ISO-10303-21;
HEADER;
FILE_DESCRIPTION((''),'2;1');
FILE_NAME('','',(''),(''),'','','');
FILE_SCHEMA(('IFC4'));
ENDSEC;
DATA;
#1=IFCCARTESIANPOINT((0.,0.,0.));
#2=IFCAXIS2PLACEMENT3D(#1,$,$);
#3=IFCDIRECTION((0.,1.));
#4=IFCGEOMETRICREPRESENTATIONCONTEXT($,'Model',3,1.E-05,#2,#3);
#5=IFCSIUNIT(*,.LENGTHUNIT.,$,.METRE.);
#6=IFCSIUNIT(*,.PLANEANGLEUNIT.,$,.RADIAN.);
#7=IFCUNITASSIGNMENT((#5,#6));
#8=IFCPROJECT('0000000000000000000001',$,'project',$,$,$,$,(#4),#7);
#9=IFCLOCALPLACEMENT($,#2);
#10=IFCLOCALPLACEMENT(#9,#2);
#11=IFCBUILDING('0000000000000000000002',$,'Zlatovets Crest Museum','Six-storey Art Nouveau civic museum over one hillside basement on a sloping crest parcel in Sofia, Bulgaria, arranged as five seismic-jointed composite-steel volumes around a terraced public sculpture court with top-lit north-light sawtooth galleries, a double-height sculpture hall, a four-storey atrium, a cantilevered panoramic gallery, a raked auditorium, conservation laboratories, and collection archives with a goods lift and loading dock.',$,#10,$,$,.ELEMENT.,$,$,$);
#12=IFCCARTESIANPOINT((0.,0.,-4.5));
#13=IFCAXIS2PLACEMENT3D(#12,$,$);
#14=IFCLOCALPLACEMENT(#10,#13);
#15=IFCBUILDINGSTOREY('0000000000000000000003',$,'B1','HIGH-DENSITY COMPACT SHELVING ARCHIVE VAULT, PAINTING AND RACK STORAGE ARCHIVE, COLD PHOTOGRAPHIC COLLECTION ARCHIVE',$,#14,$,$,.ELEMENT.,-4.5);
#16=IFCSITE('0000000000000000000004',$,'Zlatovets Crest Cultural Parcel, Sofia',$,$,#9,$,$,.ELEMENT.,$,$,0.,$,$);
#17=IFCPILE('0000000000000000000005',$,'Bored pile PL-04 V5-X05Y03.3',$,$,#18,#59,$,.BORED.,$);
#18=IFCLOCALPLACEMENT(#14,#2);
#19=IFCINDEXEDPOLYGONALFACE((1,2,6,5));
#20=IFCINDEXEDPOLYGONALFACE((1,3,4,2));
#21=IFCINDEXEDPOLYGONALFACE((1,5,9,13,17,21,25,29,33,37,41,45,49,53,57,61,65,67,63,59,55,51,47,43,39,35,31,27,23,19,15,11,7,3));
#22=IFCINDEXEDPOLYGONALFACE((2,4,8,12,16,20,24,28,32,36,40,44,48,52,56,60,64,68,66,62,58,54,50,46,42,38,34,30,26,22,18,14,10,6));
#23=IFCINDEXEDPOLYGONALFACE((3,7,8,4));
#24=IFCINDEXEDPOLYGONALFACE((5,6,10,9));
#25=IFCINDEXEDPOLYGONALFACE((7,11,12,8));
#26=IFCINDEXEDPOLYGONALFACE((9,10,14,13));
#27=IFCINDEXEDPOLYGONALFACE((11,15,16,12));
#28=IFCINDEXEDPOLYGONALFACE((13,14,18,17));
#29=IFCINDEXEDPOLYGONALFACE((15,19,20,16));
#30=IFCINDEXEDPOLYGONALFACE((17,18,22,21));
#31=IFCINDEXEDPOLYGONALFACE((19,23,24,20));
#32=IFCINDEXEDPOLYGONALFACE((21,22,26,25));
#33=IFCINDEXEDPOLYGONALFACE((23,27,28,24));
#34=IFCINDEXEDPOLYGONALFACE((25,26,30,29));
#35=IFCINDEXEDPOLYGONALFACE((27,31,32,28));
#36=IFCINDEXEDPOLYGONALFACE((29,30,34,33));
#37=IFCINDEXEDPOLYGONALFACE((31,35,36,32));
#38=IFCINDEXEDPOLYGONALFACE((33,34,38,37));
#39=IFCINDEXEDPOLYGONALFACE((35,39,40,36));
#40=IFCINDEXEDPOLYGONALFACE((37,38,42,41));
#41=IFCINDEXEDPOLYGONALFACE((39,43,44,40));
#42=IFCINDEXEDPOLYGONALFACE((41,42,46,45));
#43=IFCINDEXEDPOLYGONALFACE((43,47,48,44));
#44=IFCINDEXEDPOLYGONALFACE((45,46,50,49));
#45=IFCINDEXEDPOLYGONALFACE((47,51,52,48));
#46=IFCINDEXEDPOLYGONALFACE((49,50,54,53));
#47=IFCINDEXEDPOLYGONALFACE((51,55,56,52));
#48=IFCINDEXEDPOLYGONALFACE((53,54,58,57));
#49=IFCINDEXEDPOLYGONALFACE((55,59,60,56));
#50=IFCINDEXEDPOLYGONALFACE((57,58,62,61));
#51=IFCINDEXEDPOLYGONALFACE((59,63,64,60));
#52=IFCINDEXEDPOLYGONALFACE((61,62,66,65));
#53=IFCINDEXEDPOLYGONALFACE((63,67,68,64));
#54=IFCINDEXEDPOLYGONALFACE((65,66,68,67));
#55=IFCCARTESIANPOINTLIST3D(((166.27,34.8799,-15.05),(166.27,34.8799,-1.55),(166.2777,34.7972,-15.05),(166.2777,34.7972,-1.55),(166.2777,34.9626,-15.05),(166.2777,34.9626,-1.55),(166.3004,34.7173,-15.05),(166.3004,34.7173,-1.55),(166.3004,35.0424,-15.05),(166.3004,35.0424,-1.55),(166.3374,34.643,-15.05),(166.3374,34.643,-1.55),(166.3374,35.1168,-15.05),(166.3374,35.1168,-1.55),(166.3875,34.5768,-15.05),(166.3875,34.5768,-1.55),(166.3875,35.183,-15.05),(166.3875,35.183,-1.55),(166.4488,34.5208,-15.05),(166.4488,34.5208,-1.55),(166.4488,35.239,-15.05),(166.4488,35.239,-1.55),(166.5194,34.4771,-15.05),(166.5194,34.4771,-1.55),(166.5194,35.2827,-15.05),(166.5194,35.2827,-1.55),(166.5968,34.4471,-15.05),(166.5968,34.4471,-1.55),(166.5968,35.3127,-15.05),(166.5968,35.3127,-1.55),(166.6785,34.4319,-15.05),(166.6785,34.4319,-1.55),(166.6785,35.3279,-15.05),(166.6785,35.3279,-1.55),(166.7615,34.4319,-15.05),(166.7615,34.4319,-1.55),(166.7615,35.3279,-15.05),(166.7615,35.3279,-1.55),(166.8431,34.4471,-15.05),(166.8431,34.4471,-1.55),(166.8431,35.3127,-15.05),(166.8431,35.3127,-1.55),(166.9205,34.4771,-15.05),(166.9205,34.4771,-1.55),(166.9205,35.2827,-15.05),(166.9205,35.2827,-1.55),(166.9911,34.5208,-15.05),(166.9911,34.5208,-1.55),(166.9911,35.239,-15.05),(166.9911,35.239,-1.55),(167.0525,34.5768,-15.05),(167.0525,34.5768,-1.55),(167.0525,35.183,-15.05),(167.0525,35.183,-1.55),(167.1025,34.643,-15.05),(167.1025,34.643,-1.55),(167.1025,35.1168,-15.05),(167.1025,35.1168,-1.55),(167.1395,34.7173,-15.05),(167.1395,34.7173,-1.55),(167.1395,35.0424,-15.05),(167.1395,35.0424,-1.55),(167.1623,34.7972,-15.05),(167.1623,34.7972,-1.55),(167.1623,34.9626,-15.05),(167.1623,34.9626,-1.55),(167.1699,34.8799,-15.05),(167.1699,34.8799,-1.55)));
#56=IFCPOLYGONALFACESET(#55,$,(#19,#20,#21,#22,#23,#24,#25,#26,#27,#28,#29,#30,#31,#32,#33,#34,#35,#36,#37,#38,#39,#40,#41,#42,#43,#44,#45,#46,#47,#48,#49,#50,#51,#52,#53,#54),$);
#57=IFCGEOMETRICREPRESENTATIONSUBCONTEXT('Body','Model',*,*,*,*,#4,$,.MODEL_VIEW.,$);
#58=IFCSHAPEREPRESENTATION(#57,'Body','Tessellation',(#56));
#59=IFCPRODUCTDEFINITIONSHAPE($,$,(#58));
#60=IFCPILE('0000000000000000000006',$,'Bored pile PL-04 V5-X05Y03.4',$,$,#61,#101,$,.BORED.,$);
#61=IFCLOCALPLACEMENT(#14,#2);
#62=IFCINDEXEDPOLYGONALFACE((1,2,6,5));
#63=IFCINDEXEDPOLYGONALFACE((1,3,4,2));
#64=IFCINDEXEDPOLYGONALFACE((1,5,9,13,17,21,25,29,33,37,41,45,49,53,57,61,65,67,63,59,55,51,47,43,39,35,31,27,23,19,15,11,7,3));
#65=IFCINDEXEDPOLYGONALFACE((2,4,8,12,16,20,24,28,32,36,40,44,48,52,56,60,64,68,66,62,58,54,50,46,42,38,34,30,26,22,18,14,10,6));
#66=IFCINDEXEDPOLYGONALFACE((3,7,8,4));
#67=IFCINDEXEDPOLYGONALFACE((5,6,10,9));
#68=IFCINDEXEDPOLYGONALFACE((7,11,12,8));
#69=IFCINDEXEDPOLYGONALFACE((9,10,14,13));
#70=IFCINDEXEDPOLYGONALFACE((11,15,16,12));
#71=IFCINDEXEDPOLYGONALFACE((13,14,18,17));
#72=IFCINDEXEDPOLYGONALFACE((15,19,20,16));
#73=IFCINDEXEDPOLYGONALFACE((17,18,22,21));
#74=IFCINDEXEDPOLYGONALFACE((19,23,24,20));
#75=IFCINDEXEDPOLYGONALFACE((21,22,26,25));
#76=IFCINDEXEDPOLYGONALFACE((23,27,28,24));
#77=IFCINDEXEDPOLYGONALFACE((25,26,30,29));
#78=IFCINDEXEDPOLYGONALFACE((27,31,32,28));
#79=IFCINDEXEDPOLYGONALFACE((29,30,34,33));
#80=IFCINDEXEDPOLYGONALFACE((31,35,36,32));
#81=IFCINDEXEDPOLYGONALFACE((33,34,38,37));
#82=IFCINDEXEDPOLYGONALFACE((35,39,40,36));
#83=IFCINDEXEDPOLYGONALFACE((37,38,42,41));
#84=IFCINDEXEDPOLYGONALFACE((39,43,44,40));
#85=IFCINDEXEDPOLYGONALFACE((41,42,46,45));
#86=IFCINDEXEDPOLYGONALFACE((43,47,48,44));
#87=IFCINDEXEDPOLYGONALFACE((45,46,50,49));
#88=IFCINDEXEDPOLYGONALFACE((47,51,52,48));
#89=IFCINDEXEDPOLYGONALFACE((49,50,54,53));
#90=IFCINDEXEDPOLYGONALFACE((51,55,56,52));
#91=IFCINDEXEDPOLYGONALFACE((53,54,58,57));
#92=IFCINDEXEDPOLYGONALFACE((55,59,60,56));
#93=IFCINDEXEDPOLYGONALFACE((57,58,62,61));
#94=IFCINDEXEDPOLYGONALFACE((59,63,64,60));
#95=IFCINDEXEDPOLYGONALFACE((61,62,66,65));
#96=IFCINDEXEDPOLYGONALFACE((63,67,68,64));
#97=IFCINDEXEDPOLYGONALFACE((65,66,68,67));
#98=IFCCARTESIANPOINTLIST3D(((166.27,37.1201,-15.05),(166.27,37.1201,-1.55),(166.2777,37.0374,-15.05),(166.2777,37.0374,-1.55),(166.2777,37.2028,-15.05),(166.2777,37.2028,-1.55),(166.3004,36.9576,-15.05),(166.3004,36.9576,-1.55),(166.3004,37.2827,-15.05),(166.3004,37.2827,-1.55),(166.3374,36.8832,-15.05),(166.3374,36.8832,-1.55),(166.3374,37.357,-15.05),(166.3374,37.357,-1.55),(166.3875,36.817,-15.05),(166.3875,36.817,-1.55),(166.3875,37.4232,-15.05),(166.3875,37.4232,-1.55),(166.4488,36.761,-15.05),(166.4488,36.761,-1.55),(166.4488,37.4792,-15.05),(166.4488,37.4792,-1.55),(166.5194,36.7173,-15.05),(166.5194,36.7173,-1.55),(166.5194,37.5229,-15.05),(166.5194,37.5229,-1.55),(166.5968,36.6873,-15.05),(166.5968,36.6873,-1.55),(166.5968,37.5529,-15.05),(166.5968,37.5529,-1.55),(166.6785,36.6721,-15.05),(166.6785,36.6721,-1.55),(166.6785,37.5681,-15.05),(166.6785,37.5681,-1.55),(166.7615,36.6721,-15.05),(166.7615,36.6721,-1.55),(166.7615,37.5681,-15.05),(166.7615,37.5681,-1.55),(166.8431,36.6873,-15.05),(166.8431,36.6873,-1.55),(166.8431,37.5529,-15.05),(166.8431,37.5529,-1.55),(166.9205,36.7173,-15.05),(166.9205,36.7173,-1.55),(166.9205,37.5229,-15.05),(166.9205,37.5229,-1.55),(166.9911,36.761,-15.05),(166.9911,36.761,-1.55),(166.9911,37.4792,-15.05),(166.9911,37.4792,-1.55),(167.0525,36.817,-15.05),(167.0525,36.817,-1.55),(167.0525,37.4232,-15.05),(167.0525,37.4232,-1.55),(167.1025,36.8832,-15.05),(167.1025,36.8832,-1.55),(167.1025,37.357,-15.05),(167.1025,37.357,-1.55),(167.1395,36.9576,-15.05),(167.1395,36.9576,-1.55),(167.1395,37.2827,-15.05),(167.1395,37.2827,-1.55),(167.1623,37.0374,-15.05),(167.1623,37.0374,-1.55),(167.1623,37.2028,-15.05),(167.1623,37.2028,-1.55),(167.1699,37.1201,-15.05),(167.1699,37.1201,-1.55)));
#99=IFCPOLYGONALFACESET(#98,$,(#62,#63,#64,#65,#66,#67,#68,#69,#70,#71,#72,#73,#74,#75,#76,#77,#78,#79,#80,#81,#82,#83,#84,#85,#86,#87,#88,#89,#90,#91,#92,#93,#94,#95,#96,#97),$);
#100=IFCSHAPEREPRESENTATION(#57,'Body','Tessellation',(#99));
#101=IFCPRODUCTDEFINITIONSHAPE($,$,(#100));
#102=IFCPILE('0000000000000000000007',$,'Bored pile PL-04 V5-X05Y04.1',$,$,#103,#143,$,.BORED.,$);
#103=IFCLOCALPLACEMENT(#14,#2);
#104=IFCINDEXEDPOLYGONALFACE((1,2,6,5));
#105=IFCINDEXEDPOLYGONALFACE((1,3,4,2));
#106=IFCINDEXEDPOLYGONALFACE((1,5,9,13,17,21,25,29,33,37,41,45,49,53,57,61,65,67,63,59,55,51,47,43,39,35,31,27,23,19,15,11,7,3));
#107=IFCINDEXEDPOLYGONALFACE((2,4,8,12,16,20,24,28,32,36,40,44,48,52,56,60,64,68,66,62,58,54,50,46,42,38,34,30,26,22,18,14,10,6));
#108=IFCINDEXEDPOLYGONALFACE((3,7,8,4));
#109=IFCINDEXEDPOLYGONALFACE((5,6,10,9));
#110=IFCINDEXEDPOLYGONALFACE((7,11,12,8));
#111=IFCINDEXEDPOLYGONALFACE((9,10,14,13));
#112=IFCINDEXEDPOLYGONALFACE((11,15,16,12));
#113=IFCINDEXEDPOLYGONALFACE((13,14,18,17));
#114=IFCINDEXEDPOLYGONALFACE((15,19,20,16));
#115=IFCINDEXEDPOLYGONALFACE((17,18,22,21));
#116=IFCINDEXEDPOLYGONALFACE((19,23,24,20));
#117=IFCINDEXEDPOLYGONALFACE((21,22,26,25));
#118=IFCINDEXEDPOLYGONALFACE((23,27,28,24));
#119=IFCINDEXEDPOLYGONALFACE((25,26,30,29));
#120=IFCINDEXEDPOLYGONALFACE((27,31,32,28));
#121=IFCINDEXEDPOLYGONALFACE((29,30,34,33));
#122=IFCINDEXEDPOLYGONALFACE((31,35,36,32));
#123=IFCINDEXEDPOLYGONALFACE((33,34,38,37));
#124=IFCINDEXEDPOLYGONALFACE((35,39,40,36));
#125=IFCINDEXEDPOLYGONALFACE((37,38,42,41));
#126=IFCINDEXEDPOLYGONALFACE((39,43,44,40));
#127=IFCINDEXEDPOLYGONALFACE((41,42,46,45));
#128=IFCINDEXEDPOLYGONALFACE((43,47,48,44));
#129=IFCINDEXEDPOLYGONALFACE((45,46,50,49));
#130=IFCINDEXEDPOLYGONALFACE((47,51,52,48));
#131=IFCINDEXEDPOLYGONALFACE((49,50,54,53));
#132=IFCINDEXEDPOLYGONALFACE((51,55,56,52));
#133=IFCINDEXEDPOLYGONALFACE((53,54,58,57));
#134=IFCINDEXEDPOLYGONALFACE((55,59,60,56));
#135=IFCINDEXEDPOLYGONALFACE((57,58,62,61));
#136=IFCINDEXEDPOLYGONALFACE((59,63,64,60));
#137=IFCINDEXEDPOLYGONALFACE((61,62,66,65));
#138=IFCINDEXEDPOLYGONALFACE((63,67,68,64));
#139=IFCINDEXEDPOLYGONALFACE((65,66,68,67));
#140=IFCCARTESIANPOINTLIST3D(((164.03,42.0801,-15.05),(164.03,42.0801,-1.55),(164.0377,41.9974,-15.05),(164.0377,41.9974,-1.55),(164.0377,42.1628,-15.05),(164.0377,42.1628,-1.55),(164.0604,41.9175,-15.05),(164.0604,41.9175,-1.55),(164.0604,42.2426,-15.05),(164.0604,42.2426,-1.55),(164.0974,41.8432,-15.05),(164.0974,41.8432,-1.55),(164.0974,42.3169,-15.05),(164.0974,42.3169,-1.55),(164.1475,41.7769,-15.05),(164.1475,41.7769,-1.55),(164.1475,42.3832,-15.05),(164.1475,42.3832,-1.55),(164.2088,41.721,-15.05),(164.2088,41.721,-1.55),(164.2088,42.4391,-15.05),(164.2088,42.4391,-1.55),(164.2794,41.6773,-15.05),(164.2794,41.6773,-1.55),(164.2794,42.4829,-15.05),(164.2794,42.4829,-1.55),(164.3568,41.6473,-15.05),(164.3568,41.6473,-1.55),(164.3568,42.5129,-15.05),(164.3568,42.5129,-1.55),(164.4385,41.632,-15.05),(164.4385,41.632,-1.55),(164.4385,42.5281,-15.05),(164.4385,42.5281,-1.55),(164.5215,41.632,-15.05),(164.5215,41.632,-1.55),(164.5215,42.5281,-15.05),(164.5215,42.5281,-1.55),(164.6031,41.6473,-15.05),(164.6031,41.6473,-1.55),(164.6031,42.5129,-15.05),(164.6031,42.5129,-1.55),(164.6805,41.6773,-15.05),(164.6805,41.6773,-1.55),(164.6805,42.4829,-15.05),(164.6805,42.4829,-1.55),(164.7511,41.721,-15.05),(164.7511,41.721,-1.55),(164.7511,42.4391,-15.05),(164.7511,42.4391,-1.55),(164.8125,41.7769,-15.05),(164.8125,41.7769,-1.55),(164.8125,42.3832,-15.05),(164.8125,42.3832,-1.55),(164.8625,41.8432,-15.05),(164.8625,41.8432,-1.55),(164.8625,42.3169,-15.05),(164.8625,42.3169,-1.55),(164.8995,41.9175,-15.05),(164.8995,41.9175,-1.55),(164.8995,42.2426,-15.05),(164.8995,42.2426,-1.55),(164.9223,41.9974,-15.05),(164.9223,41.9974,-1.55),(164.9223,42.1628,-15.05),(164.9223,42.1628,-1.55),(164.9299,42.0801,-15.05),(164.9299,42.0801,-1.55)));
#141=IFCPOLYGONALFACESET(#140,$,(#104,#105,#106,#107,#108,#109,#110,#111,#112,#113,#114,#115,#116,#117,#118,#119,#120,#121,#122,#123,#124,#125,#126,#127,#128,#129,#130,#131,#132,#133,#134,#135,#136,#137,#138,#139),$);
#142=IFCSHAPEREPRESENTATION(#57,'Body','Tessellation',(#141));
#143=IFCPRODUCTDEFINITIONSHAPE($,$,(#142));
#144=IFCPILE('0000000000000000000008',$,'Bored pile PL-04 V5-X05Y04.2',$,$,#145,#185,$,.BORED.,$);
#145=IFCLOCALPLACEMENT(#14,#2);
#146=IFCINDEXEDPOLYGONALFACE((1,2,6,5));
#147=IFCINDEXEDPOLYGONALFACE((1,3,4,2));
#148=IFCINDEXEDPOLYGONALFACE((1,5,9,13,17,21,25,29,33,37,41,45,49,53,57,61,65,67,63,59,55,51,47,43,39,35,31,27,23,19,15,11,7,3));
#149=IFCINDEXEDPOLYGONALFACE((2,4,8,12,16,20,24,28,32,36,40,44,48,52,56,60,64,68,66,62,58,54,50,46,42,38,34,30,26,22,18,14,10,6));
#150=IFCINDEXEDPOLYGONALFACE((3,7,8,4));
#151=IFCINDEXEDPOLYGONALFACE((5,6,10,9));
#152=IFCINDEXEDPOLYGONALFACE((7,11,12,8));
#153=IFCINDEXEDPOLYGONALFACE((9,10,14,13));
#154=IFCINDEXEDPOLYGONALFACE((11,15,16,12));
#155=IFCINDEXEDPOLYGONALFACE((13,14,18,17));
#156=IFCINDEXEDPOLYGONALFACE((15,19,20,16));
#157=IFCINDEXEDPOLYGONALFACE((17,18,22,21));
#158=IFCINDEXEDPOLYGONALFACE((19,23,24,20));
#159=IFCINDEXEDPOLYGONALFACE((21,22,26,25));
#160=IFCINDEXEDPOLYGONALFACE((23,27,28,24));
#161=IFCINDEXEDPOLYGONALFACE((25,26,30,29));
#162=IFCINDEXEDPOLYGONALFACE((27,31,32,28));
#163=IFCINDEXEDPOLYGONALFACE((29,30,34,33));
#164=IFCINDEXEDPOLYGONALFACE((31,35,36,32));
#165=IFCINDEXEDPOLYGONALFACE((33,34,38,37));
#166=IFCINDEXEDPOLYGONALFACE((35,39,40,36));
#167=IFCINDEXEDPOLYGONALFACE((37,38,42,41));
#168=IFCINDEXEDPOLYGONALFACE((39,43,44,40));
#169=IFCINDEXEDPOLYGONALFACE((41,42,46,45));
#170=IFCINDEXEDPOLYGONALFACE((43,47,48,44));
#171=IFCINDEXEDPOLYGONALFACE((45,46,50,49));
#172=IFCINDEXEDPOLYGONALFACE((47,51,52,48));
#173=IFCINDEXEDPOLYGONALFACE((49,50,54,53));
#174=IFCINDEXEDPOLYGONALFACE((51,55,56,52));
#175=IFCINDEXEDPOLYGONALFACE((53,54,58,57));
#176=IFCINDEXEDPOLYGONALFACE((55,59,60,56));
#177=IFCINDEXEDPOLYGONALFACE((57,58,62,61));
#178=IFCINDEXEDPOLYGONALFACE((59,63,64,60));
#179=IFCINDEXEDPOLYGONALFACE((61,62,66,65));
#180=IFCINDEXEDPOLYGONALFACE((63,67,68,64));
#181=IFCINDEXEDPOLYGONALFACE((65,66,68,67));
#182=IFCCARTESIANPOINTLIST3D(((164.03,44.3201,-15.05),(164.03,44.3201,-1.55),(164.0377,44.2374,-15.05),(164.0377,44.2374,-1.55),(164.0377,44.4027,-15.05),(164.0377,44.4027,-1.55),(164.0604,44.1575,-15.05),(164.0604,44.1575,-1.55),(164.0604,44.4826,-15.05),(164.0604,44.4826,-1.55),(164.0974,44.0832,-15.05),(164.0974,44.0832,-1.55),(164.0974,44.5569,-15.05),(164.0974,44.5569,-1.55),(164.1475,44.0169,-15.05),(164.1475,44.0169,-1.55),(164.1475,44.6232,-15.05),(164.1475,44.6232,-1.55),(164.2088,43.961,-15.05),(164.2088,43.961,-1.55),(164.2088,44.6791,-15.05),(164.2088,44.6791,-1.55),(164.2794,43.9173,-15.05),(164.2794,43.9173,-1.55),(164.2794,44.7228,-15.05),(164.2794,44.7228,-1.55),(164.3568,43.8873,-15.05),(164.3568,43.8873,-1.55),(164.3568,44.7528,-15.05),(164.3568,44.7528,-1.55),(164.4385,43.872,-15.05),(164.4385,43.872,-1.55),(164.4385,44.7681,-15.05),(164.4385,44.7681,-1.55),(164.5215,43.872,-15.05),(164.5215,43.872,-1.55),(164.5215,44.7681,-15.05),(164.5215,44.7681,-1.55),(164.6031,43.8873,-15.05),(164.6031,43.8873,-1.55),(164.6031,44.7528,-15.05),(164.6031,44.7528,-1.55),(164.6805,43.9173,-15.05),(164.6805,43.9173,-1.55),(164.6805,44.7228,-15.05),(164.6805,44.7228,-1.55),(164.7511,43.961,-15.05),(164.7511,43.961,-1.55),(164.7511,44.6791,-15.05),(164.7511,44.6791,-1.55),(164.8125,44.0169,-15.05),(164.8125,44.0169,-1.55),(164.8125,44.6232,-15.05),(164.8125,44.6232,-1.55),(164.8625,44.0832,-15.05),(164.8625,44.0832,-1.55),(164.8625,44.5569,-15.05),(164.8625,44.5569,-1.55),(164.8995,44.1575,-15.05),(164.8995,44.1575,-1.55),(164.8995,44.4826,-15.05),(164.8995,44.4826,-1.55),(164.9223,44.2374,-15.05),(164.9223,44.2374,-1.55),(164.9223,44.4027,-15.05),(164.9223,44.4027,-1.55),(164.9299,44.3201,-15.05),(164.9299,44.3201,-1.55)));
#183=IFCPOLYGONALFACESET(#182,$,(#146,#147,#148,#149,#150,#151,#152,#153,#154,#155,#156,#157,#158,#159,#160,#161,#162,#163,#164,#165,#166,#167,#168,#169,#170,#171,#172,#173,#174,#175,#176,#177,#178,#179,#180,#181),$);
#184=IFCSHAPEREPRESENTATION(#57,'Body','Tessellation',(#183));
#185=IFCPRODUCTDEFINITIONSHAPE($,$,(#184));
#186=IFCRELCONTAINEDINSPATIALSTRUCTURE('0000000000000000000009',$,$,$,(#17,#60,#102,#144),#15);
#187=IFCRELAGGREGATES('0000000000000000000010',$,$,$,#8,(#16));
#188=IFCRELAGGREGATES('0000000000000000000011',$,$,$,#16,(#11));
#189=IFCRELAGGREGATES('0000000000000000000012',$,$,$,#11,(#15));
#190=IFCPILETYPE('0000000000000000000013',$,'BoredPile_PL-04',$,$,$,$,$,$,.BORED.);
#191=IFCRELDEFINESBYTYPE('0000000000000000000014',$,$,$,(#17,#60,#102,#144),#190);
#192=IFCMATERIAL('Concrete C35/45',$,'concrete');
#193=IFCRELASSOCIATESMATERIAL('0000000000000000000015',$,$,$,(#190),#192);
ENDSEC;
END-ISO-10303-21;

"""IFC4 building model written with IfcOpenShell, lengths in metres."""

from ifc_helpers import new_model, si_unit, direction, frame, origin, origin_2d, place, context, subcontext, project, spatial, circle, extrude, material, material_profile, profile_set, type_object, element, save


model = new_model("IFC4")

# Units and contexts
model_context = context("Model", 3, precision=1e-05, world=origin(), true_north=direction((0.0, 1.0)))
body_context = subcontext(model_context, "Body", "Model", "MODEL_VIEW")
ifc_project = project(units=[si_unit("LENGTHUNIT", "METRE"), si_unit("PLANEANGLEUNIT", "RADIAN")], contexts=[model_context])

# Site, building, storey
site_placement = place(None, origin())
site = spatial("IfcSite", under=ifc_project, at=site_placement, Name="Zlatovets Crest Cultural Parcel, Sofia", CompositionType="ELEMENT", RefElevation=0.0)
building_placement = place(site_placement, origin())
building = spatial("IfcBuilding", under=site, at=building_placement, Name="Zlatovets Crest Museum", Description="Six-storey Art Nouveau civic museum over one hillside basement on a sloping crest parcel in Sofia, Bulgaria, arranged as five seismic-jointed composite-steel volumes around a terraced public sculpture court with top-lit north-light sawtooth galleries, a double-height sculpture hall, a four-storey atrium, a cantilevered panoramic gallery, a raked auditorium, conservation laboratories, and collection archives with a goods lift and loading dock.", CompositionType="ELEMENT")
storey_placement = place(building_placement, frame((0.0, 0.0, -4.5)))
storey = spatial("IfcBuildingStorey", under=building, at=storey_placement, Name="B1", Description="HIGH-DENSITY COMPACT SHELVING ARCHIVE VAULT, PAINTING AND RACK STORAGE ARCHIVE, COLD PHOTOGRAPHIC COLLECTION ARCHIVE", CompositionType="ELEMENT", Elevation=-4.5)

# Piles
ifc_material = material(Name="Concrete C35/45", Category="concrete")
ifc_material_profile_1 = material_profile(ifc_material, circle(Radius=0.45, at=origin_2d()), Name="PILE D900")
ifc_profile_set_1 = profile_set([ifc_material_profile_1], Name="Concrete C35/45")
pile_type = type_object("IfcPileType", Name="BoredPile_PL-04", PredefinedType="BORED", material=ifc_profile_set_1)
for number, where, z_axis, x_axis, name in (
    (1, (166.72, 34.8799, -1.55), (0.0, 0.0, -1.0), (1.0, 0.0, 0.0), "Bored pile PL-04 V5-X05Y03.3"),
    (2, (166.72, 37.1201, -1.55), (0.0, 0.0, -1.0), (1.0, 0.0, 0.0), "Bored pile PL-04 V5-X05Y03.4"),
    (3, (164.48, 42.0801, -1.55), (0.0, 0.0, -1.0), (1.0, 0.0, 0.0), "Bored pile PL-04 V5-X05Y04.1"),
    (4, (164.48, 44.3201, -1.55), (0.0, 0.0, -1.0), (1.0, 0.0, 0.0), "Bored pile PL-04 V5-X05Y04.2"),
):
    element("IfcPile", number, at=place(storey_placement, frame(where, z_axis=z_axis, x_axis=x_axis)), inside=storey, type_object=pile_type, Name=name, PredefinedType="BORED", context=body_context, shape_type="SweptSolid", body=[
        extrude(circle(Radius=0.45, at=origin_2d()), origin(), (0.0, 0.0, 1.0), 13.5),
    ])

save(model, "model.ifc")
